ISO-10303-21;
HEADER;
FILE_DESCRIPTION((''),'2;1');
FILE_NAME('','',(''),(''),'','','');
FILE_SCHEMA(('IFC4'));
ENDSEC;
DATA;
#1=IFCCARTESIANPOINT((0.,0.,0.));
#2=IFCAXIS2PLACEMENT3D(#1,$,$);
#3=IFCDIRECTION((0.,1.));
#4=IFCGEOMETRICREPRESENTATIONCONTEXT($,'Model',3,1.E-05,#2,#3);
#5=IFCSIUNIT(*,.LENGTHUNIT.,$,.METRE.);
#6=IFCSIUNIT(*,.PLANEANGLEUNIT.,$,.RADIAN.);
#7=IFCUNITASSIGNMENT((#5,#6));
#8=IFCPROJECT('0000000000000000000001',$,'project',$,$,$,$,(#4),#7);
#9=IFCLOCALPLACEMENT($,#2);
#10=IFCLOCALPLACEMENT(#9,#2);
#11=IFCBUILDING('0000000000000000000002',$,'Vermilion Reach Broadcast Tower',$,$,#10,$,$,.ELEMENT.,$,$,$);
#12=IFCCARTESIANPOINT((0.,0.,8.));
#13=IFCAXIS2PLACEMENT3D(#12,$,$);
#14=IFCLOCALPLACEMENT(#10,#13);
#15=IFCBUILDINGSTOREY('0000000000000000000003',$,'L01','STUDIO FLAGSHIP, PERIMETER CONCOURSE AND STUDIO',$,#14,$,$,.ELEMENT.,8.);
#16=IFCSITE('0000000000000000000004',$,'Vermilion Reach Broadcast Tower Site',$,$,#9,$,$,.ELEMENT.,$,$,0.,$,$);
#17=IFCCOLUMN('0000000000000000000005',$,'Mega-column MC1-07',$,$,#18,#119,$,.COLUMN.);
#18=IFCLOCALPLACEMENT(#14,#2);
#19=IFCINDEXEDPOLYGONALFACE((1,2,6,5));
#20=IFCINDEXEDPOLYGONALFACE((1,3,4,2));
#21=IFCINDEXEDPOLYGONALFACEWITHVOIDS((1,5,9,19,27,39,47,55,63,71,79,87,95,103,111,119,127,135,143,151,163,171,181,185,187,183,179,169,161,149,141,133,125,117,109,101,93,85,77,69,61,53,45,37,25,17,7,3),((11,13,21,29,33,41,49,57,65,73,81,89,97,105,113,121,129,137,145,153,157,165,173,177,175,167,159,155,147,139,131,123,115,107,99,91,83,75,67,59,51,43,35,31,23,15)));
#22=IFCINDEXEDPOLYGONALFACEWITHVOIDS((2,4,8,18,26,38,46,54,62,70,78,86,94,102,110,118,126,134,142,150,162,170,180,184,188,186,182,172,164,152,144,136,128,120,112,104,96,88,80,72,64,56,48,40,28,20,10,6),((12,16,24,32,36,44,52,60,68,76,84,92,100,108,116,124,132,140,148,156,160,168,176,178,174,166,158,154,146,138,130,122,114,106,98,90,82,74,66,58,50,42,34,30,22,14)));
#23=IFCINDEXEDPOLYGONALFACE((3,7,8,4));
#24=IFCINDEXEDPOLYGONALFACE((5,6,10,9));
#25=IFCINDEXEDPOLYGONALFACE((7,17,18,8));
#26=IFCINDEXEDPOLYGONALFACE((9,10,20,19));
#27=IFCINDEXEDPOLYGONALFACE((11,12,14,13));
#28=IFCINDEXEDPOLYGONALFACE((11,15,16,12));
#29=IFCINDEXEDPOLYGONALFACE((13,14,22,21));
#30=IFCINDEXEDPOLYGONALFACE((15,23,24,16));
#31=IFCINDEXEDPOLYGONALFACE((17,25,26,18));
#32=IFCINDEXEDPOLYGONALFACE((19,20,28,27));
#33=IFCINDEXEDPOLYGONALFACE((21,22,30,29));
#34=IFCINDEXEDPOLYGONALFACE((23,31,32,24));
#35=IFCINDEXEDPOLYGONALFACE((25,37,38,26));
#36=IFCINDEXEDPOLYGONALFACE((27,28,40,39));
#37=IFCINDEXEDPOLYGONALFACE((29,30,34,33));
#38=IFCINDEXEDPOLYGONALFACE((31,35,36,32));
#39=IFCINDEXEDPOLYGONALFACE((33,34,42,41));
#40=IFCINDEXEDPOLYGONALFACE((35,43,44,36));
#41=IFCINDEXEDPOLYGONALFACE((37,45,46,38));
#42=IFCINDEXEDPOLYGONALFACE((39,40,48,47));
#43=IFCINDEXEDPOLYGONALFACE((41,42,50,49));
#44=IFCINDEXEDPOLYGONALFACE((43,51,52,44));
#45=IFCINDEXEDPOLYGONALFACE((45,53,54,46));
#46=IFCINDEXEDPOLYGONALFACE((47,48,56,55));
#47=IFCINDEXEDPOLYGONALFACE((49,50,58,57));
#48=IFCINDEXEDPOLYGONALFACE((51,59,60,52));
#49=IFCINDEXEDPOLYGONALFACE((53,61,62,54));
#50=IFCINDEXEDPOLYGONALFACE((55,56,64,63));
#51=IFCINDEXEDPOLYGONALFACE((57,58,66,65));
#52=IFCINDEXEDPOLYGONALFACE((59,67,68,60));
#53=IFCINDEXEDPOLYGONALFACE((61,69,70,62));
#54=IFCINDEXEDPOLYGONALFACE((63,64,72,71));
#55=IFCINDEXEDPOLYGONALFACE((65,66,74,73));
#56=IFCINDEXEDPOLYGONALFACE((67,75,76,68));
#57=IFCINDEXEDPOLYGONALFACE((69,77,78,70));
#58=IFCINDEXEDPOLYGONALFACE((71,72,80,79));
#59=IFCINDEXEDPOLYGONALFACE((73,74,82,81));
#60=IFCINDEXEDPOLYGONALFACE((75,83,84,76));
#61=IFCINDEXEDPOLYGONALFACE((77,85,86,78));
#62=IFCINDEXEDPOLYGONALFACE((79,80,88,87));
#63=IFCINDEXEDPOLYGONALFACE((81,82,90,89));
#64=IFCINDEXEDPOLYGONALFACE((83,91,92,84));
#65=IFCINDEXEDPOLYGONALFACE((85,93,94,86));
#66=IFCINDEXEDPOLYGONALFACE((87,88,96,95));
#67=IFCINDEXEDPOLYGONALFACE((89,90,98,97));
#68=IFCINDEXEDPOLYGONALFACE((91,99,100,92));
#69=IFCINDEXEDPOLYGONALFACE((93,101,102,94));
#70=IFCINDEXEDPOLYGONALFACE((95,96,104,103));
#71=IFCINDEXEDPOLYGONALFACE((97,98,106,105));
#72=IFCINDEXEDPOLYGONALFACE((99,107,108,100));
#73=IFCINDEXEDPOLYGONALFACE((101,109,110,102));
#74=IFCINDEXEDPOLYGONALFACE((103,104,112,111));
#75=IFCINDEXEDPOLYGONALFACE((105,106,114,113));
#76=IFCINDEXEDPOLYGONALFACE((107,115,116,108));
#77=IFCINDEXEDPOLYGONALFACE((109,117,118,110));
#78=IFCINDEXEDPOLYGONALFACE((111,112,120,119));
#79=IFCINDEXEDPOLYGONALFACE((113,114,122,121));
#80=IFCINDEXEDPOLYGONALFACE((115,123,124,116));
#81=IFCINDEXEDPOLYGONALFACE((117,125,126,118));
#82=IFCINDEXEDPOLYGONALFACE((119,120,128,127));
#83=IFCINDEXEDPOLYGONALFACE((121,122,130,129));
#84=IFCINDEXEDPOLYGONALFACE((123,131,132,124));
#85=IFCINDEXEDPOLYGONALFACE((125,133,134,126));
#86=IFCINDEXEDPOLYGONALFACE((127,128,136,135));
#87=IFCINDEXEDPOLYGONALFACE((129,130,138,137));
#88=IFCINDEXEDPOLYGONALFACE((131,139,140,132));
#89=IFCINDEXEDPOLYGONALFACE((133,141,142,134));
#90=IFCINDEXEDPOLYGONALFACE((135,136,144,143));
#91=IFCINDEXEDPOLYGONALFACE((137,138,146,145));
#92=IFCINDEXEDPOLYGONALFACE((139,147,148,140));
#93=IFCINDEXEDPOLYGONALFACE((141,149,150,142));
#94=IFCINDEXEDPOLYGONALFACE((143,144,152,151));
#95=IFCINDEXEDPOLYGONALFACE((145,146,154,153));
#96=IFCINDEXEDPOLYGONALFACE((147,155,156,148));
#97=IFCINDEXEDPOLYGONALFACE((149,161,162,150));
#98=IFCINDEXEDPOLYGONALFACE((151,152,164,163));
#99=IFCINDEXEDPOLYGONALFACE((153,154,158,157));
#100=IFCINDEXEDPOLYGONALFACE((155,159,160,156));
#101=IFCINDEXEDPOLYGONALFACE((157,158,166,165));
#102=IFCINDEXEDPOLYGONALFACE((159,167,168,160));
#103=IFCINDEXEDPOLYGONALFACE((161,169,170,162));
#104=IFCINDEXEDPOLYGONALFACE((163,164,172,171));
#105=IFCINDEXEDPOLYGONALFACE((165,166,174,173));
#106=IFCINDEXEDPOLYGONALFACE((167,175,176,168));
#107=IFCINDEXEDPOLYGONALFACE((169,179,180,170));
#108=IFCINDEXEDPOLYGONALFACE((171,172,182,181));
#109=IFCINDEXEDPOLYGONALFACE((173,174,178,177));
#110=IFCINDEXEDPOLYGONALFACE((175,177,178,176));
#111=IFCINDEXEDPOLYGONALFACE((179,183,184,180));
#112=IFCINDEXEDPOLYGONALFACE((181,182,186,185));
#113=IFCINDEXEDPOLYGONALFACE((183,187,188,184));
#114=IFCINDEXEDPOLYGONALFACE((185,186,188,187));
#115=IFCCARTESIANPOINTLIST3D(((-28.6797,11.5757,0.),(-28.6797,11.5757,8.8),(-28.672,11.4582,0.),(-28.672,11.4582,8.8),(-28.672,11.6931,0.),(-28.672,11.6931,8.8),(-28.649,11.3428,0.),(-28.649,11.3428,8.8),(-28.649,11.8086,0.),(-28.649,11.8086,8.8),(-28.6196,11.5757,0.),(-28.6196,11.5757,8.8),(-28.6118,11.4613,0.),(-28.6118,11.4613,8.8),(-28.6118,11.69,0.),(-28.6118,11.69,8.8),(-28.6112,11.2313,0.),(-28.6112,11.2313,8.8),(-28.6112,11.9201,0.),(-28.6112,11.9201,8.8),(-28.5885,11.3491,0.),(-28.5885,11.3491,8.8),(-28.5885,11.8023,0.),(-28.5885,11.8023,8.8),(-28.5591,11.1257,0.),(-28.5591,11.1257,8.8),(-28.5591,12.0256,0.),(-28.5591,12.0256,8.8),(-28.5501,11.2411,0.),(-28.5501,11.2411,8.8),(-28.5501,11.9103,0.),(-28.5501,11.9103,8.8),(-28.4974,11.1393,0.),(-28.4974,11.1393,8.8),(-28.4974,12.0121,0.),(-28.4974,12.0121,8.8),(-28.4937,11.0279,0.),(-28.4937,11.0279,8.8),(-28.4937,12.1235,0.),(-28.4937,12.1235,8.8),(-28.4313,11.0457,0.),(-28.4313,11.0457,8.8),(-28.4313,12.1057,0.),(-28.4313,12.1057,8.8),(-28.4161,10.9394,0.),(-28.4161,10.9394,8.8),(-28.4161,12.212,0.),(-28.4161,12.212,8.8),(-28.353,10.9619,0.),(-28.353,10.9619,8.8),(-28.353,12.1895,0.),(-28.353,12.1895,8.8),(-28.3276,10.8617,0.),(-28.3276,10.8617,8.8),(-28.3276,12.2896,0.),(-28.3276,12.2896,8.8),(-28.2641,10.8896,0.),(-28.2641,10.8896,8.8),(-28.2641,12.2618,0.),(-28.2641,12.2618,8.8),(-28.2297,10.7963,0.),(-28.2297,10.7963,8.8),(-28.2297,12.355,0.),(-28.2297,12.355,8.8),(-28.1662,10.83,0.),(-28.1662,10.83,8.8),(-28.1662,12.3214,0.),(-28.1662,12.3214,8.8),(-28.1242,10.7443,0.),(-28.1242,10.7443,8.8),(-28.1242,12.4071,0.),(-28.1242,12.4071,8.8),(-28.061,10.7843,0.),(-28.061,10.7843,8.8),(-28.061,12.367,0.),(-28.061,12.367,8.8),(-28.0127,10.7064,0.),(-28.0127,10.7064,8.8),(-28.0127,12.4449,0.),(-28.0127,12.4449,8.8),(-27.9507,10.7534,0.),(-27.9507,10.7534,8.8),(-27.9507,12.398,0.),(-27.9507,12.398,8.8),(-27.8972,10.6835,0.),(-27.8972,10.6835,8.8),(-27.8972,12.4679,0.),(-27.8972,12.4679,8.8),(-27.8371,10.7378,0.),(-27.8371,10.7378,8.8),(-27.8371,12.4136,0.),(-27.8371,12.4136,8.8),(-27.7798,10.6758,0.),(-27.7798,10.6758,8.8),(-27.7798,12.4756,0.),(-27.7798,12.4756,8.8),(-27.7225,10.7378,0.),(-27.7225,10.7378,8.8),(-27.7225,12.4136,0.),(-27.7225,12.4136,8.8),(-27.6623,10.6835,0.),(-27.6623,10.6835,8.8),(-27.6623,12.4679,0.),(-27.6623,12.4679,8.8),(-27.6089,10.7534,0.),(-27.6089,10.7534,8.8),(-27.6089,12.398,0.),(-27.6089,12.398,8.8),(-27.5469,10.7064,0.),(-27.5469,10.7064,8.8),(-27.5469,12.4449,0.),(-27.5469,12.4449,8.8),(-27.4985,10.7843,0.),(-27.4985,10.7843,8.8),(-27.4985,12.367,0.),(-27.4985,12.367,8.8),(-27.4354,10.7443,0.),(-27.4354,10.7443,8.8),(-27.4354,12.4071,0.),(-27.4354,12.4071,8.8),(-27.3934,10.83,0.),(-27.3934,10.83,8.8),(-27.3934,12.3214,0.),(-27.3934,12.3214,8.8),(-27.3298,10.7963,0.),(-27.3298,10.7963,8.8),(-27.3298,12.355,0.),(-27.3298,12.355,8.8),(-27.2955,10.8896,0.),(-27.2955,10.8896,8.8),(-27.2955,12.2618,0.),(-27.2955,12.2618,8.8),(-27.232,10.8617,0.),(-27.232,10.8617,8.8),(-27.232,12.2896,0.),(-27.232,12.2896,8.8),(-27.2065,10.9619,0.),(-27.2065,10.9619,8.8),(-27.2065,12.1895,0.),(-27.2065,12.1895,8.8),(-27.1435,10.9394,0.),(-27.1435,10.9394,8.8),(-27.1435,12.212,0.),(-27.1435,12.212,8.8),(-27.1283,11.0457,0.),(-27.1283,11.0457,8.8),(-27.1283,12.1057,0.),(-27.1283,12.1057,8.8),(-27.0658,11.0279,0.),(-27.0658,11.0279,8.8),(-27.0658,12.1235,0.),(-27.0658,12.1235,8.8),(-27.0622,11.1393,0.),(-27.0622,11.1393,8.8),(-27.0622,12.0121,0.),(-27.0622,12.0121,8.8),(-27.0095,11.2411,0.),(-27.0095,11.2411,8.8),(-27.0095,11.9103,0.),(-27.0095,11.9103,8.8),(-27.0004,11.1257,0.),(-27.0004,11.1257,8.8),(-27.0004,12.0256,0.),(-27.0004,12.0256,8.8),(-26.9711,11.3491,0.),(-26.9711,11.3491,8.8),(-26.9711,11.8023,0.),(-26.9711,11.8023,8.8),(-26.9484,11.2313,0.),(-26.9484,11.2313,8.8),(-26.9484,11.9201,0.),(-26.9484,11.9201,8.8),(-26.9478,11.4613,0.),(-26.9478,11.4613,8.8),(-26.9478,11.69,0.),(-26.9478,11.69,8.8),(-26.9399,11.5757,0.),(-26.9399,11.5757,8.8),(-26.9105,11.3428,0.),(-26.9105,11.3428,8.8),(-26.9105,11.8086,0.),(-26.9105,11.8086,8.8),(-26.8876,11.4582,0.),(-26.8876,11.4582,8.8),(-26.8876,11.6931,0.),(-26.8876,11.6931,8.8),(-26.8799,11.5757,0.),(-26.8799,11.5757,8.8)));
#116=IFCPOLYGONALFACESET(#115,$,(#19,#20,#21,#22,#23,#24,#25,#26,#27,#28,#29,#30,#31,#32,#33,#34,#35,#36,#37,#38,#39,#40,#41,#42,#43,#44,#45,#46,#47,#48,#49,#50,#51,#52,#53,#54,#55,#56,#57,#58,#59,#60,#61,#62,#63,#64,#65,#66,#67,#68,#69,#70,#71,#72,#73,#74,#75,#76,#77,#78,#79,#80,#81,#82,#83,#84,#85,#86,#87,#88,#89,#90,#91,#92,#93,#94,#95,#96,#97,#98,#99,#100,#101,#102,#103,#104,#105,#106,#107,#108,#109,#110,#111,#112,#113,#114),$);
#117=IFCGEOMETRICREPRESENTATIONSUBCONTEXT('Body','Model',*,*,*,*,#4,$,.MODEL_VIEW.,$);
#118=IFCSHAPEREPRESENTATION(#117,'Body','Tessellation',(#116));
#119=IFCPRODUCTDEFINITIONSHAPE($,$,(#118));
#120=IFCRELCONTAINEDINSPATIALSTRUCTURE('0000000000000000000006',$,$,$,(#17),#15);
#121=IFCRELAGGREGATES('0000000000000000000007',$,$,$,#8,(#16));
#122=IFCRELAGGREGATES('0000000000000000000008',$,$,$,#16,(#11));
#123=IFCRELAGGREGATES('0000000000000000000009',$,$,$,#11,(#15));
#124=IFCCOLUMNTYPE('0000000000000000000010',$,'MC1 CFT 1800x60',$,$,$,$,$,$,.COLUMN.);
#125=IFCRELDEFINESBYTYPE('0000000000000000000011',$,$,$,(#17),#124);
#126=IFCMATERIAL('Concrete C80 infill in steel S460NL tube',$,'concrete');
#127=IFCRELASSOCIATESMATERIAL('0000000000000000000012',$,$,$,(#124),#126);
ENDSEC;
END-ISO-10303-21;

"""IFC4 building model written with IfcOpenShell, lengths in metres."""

from ifc_helpers import new_model, si_unit, direction, frame, origin, origin_2d, place, context, subcontext, project, spatial, hollow_circle, extrude, material, material_profile, profile_set, type_object, element, save


model = new_model("IFC4")

# Units and contexts
model_context = context("Model", 3, precision=1e-05, world=origin(), true_north=direction((0.0, 1.0)))
body_context = subcontext(model_context, "Body", "Model", "MODEL_VIEW")
ifc_project = project(units=[si_unit("LENGTHUNIT", "METRE"), si_unit("PLANEANGLEUNIT", "RADIAN")], contexts=[model_context])

# Site, building, storey
site_placement = place(None, origin())
site = spatial("IfcSite", under=ifc_project, at=site_placement, Name="Vermilion Reach Broadcast Tower Site", CompositionType="ELEMENT", RefElevation=0.0)
building_placement = place(site_placement, origin())
building = spatial("IfcBuilding", under=site, at=building_placement, Name="Vermilion Reach Broadcast Tower", CompositionType="ELEMENT")
storey_placement = place(building_placement, frame((0.0, 0.0, 8.0)))
storey = spatial("IfcBuildingStorey", under=building, at=storey_placement, Name="L01", Description="STUDIO FLAGSHIP, PERIMETER CONCOURSE AND STUDIO", CompositionType="ELEMENT", Elevation=8.0)

# Column
ifc_material_1 = material(Name="Concrete C80 infill in steel S460NL tube", Category="concrete")
ifc_material_profile_1 = material_profile(ifc_material_1, hollow_circle(Radius=0.8999, WallThickness=0.0601, at=origin_2d()), Name="Concrete C80 infill in steel S460NL tube CFT 1800x60")
ifc_profile_set_1 = profile_set([ifc_material_profile_1], Name="Concrete C80 infill in steel S460NL tube")
column_type = type_object("IfcColumnType", Name="MC1 CFT 1800x60", PredefinedType="COLUMN", material=ifc_profile_set_1)
for number, where, z_axis, x_axis, name in (
    (1, (-27.7798, 11.5757, 0.0), (0.0, 0.0, 1.0), (1.0, 0.0, 0.0), "Mega-column MC1-07"),
):
    element("IfcColumn", number, at=place(storey_placement, frame(where, z_axis=z_axis, x_axis=x_axis)), inside=storey, type_object=column_type, Name=name, PredefinedType="COLUMN", context=body_context, shape_type="SweptSolid", body=[
        extrude(hollow_circle(Radius=0.8999, WallThickness=0.0601, at=origin_2d()), origin(), (0.0, 0.0, 1.0), 8.8),
    ])

save(model, "model.ifc")
